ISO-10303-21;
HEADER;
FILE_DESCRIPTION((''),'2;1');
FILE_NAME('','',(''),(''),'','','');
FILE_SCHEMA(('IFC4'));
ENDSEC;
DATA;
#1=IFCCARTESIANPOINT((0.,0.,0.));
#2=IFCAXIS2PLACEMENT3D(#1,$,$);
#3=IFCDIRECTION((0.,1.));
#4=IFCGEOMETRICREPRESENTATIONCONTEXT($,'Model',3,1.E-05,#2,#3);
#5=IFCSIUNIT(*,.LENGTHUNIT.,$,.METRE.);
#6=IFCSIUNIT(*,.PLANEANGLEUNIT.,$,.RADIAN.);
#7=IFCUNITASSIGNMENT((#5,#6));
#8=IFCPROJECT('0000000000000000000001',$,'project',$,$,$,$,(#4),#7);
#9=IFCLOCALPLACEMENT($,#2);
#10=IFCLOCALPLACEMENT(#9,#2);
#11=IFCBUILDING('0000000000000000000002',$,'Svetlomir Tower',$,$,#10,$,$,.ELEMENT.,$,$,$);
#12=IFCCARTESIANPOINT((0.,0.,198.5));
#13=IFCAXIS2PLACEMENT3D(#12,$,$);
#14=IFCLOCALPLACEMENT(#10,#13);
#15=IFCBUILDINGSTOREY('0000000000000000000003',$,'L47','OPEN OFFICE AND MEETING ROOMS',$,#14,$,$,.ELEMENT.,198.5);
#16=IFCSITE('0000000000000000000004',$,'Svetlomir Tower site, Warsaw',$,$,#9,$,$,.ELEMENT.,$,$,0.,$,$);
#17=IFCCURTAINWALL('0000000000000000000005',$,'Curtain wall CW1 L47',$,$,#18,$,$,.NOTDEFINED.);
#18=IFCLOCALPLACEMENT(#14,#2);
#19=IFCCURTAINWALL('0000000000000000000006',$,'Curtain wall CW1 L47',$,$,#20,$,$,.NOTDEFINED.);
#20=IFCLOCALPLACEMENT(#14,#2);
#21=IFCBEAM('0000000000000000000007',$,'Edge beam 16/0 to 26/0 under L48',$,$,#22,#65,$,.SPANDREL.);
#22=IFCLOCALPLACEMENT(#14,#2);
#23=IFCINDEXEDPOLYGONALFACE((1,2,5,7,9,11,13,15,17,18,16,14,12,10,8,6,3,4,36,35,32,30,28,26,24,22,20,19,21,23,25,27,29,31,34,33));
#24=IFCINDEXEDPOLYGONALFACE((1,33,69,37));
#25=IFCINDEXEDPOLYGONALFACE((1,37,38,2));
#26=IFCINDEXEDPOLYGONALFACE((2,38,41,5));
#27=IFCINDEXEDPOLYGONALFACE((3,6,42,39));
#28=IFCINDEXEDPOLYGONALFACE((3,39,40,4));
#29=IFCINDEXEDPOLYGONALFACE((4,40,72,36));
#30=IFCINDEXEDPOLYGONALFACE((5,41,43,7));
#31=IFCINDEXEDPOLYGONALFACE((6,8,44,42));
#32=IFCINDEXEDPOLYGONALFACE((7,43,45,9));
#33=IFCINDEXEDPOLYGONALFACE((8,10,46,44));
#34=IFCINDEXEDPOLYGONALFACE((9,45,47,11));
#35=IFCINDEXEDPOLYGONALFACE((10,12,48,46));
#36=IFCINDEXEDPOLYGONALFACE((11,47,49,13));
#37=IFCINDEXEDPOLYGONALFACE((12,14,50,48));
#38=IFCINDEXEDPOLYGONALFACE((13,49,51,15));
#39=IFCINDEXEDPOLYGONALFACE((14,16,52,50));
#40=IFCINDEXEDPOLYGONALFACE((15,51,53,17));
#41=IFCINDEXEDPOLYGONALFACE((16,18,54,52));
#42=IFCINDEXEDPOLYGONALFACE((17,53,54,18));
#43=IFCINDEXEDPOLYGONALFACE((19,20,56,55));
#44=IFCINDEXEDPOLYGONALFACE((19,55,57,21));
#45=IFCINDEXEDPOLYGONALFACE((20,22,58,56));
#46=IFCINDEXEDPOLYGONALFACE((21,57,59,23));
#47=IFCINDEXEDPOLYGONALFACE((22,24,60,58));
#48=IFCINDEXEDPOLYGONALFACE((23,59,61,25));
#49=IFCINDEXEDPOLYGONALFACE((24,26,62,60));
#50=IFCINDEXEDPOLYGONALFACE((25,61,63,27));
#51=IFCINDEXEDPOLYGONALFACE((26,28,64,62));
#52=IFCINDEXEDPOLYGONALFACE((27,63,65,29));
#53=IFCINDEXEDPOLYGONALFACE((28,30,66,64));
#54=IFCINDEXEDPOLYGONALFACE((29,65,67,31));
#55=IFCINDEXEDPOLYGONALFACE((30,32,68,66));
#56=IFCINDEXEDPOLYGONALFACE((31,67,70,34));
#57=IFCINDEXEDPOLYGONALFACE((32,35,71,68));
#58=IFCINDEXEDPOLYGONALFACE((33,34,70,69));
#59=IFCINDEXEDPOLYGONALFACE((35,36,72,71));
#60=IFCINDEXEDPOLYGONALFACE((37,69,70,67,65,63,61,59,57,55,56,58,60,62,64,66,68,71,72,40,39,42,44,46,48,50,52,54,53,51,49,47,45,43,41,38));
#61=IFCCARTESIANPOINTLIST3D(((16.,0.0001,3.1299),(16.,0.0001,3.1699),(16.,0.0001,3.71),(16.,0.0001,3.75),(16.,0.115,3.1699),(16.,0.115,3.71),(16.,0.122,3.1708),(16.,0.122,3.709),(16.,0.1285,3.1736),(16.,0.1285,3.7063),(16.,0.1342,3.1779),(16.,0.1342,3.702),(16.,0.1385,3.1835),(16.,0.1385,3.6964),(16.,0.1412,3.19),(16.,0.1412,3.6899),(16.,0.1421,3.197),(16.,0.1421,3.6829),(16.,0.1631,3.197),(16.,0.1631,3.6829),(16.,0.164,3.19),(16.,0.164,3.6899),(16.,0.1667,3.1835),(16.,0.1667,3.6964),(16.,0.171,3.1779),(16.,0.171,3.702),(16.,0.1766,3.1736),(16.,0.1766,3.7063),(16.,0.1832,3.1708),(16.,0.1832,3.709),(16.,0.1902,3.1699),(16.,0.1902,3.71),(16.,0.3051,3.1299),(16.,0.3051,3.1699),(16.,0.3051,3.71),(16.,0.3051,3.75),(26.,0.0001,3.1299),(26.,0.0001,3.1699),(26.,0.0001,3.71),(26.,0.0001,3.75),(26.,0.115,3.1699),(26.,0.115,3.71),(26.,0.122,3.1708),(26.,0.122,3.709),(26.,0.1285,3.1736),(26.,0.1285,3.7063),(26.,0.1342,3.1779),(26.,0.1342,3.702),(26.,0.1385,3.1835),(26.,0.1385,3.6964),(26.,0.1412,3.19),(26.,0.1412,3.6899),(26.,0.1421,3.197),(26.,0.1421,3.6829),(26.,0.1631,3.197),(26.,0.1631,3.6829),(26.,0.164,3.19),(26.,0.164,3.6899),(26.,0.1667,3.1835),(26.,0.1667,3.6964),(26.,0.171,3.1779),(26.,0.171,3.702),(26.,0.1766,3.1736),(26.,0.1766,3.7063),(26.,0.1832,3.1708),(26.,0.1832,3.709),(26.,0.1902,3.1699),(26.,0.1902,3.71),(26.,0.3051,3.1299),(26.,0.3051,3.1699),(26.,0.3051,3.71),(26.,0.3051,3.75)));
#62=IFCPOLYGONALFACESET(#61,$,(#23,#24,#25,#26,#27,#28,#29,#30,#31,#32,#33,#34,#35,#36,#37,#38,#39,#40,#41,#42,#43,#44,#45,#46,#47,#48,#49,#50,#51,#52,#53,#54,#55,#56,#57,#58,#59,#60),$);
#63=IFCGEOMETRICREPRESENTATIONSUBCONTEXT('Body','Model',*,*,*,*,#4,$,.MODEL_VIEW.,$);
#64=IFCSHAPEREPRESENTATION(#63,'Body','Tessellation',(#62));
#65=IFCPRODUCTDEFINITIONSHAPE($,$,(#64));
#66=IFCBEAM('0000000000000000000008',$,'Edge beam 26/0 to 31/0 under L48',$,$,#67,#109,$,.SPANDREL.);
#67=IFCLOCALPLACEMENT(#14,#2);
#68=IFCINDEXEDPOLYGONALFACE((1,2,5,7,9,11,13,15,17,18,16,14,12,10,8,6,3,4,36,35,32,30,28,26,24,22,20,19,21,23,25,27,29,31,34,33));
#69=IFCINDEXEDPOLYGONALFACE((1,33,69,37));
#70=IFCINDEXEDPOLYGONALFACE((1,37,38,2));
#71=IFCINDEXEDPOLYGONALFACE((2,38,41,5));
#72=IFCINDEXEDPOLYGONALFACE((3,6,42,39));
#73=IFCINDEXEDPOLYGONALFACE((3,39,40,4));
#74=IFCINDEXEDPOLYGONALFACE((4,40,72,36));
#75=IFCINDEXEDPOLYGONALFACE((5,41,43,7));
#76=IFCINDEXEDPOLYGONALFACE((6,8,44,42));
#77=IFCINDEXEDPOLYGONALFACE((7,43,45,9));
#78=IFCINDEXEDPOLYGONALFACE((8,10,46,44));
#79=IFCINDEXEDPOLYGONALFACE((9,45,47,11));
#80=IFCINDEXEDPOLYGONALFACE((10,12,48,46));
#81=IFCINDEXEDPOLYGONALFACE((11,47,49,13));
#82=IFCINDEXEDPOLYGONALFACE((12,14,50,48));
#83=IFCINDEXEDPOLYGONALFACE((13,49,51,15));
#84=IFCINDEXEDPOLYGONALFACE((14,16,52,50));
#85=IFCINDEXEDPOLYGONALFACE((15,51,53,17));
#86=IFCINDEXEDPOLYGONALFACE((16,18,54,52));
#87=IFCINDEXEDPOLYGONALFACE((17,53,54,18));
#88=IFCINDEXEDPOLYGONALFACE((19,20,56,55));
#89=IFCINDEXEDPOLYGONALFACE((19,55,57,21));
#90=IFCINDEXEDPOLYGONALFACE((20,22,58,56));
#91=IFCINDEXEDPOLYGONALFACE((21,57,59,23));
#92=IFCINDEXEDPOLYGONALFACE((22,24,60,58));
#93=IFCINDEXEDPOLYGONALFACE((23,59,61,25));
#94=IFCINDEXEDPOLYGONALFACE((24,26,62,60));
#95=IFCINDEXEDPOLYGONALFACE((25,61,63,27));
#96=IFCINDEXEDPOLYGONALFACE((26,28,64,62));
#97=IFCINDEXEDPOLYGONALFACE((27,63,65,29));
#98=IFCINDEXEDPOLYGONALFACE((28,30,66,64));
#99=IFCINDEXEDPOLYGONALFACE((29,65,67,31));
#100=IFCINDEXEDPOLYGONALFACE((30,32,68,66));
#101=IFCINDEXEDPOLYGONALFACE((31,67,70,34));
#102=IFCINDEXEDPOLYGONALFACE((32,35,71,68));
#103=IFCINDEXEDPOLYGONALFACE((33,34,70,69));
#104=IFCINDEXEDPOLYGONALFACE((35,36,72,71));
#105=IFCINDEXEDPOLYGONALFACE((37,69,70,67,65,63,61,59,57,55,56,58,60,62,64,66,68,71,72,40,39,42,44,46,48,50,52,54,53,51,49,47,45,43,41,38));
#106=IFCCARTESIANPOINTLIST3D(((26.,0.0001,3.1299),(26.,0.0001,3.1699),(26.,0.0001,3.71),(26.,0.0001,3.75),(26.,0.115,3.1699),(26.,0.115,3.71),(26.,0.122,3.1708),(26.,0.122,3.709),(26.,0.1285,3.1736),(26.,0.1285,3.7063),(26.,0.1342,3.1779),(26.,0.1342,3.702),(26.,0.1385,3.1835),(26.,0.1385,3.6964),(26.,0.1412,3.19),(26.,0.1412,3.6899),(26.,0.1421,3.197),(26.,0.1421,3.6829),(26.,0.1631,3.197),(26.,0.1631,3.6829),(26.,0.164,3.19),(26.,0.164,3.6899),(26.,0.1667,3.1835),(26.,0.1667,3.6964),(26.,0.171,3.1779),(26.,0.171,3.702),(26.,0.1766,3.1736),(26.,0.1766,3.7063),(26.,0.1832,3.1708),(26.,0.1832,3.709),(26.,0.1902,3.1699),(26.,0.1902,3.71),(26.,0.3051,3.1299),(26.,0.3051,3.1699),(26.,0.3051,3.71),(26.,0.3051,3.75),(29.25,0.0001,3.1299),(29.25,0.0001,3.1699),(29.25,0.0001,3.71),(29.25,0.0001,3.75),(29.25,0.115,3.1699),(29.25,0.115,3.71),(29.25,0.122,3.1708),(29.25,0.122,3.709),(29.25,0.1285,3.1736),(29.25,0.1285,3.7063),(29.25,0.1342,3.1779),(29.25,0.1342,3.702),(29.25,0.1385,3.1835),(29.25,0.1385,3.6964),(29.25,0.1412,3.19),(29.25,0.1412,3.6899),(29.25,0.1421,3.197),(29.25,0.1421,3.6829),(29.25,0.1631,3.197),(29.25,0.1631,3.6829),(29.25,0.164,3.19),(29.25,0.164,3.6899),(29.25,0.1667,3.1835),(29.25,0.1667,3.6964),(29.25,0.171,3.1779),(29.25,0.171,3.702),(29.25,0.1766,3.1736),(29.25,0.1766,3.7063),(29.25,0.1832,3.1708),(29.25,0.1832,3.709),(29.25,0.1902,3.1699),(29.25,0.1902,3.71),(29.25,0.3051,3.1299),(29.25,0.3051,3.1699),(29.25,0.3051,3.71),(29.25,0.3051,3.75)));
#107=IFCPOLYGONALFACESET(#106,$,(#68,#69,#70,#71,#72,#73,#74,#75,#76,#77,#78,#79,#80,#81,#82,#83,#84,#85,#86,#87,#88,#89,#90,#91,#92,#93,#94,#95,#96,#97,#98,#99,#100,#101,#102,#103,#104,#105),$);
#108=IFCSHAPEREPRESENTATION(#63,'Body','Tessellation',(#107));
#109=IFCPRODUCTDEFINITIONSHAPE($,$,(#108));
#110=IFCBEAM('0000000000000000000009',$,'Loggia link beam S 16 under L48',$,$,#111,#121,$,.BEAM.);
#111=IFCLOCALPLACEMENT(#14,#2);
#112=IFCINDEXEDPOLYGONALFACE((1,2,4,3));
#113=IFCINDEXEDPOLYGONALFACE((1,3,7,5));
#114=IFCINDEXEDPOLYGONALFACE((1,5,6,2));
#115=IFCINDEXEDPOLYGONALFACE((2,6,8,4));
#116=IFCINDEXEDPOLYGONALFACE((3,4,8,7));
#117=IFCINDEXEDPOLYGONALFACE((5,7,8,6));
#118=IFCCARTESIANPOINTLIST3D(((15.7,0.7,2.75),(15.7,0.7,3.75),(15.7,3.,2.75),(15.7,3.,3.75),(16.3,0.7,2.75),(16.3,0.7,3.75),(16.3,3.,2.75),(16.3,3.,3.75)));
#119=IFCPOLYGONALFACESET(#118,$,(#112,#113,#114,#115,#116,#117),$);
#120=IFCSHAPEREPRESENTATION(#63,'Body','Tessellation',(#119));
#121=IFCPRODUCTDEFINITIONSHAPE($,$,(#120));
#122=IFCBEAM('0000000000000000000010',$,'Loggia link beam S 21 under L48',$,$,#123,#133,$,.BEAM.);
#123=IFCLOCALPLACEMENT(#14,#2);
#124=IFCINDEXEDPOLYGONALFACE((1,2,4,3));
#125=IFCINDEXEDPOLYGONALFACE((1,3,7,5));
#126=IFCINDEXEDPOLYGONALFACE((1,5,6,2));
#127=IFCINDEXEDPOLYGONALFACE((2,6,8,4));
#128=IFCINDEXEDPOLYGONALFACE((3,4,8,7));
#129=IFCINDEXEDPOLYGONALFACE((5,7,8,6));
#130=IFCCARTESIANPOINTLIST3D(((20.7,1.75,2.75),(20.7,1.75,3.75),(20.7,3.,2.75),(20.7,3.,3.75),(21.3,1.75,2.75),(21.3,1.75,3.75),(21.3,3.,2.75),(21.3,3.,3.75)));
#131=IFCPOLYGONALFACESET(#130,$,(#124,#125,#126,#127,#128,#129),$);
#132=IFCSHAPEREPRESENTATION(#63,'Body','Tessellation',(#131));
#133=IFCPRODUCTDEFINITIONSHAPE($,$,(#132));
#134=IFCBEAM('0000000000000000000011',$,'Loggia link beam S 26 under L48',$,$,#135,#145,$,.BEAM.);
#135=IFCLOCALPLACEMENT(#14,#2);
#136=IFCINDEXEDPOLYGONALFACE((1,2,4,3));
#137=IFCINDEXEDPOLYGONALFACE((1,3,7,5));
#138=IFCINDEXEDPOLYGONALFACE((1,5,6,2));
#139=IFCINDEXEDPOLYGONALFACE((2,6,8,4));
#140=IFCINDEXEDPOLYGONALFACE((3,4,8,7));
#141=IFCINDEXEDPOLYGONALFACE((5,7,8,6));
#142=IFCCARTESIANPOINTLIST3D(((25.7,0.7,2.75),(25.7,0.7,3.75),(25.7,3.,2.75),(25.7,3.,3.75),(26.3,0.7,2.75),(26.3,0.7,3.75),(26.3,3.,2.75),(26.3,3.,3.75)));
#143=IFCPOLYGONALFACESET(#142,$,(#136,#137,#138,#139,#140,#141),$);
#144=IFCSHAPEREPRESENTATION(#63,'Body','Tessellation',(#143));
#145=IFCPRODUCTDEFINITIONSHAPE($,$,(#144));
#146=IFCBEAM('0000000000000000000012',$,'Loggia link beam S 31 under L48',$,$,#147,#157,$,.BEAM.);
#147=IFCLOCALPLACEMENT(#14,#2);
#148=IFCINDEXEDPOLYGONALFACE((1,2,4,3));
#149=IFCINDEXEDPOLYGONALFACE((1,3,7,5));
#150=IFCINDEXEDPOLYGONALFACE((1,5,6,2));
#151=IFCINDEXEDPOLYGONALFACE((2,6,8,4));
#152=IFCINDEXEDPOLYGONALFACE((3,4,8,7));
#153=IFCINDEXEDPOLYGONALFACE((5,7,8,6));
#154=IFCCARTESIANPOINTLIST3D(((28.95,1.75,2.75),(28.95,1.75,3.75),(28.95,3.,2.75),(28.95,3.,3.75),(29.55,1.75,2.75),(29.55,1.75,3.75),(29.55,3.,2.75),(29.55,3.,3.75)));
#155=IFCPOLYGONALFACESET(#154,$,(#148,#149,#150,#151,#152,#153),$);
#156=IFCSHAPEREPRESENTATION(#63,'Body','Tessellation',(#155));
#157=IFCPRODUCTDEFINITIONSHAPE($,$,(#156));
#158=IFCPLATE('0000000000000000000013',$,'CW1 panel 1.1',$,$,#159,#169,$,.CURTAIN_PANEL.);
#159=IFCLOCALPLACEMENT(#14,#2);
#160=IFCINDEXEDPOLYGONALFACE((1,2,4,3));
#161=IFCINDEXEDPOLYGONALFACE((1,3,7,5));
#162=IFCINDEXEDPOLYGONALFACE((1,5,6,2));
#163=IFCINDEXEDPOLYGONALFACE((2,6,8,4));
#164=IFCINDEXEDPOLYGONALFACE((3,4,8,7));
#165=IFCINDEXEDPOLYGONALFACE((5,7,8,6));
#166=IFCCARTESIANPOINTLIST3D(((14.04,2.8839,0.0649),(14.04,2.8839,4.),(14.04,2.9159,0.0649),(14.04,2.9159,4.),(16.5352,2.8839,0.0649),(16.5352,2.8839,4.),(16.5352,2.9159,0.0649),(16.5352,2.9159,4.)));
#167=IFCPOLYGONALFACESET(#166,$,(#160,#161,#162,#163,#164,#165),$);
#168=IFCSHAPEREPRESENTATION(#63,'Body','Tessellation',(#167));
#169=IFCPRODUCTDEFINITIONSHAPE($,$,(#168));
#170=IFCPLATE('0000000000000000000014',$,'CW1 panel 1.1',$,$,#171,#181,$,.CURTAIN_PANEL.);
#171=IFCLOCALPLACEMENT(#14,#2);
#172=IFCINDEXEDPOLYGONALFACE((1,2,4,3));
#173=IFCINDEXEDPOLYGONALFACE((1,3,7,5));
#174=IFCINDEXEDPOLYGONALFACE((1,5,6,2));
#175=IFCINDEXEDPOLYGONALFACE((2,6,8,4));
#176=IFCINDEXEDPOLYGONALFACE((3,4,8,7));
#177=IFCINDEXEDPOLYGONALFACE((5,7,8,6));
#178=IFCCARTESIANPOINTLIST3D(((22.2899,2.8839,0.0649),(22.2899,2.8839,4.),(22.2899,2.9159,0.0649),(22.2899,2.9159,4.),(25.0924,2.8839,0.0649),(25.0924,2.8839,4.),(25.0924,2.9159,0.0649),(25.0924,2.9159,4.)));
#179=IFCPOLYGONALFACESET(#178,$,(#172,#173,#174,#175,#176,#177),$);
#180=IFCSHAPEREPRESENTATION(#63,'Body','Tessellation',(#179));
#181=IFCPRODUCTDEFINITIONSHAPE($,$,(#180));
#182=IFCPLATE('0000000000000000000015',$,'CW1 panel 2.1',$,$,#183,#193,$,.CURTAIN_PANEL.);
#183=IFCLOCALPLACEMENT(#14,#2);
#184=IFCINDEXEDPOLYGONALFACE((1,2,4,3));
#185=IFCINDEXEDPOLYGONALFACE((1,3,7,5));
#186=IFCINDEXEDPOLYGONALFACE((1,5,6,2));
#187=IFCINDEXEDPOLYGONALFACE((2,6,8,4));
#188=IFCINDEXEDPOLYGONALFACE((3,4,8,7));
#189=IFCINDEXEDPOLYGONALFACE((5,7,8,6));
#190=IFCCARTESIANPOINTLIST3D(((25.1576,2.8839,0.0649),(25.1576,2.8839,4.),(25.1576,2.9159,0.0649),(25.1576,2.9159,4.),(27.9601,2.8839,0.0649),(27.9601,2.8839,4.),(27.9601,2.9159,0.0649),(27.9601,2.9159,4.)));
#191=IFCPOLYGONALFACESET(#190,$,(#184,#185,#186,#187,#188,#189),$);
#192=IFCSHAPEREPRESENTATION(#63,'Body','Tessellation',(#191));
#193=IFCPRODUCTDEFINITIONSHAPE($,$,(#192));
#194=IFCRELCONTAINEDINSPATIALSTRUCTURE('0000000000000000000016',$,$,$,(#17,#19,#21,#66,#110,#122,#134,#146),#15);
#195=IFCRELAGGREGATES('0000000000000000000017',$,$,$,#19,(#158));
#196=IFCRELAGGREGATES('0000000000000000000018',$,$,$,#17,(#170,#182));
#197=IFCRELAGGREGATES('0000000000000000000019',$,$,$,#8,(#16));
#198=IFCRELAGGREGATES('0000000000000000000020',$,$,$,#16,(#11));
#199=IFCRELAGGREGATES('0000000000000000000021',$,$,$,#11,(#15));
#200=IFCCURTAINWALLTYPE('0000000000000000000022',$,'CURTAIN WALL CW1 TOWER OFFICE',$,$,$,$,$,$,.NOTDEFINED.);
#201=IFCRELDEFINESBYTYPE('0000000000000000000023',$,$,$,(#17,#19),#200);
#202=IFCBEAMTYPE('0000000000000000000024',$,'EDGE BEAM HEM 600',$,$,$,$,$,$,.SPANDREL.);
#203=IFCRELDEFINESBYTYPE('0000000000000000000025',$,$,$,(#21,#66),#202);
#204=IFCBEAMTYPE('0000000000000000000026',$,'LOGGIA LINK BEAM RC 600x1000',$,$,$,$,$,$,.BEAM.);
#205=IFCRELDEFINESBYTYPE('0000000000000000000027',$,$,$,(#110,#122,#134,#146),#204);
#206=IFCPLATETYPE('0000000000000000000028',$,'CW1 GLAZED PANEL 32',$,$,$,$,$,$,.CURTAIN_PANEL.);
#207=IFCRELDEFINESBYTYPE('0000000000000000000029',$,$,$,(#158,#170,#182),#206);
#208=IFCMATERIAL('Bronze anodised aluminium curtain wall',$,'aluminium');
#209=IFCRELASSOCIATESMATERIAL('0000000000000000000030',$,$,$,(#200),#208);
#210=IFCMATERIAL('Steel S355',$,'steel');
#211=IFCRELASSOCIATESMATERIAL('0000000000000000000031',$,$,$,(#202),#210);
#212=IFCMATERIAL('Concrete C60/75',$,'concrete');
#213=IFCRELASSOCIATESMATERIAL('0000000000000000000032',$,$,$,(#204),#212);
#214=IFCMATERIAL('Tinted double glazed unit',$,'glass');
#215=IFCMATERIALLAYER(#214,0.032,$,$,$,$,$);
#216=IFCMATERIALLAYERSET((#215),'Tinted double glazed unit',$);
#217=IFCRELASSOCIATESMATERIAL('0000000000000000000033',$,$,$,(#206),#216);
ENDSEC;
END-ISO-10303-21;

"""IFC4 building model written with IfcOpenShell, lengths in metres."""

from ifc_helpers import new_model, si_unit, direction, frame, origin, origin_2d, place, context, subcontext, project, spatial, rectangle, i_section, extrude, material, layer, layer_set, material_profile, profile_set, type_object, element, aggregate, save


model = new_model("IFC4")

# Units and contexts
model_context = context("Model", 3, precision=1e-05, world=origin(), true_north=direction((0.0, 1.0)))
body_context = subcontext(model_context, "Body", "Model", "MODEL_VIEW")
ifc_project = project(units=[si_unit("LENGTHUNIT", "METRE"), si_unit("PLANEANGLEUNIT", "RADIAN")], contexts=[model_context])

# Site, building, storey
site_placement = place(None, origin())
site = spatial("IfcSite", under=ifc_project, at=site_placement, Name="Svetlomir Tower site, Warsaw", CompositionType="ELEMENT", RefElevation=0.0)
building_placement = place(site_placement, origin())
building = spatial("IfcBuilding", under=site, at=building_placement, Name="Svetlomir Tower", CompositionType="ELEMENT")
storey_placement = place(building_placement, frame((0.0, 0.0, 198.5)))
storey = spatial("IfcBuildingStorey", under=building, at=storey_placement, Name="L47", Description="OPEN OFFICE AND MEETING ROOMS", CompositionType="ELEMENT", Elevation=198.5)

# Curtain walls
ifc_material_1 = material(Name="Bronze anodised aluminium curtain wall", Category="aluminium")
curtain_wall_type = type_object("IfcCurtainWallType", Name="CURTAIN WALL CW1 TOWER OFFICE", PredefinedType="NOTDEFINED", material=ifc_material_1)
curtain_wall_1_placement = place(storey_placement, origin())
curtain_wall_1 = element("IfcCurtainWall", 1, at=curtain_wall_1_placement, inside=storey, type_object=curtain_wall_type, Name="Curtain wall CW1 L47", PredefinedType="NOTDEFINED")
curtain_wall_2_placement = place(storey_placement, origin())
curtain_wall_2 = element("IfcCurtainWall", 2, at=curtain_wall_2_placement, inside=storey, type_object=curtain_wall_type, Name="Curtain wall CW1 L47", PredefinedType="NOTDEFINED")

# Beams
ifc_material_2 = material(Name="Steel S355", Category="steel")
ifc_material_profile_1 = material_profile(ifc_material_2, i_section(OverallWidth=0.3049, OverallDepth=0.6201, WebThickness=0.021, FlangeThickness=0.04, FilletRadius=0.0271, at=origin_2d()), Name="HEM 600")
ifc_profile_set_1 = profile_set([ifc_material_profile_1], Name="Steel S355")
beam_type_1 = type_object("IfcBeamType", Name="EDGE BEAM HEM 600", PredefinedType="SPANDREL", material=ifc_profile_set_1)
beam_1_placement = place(storey_placement, frame((16.0, 0.1526, 3.4399), z_axis=(1.0, 0.0, 0.0), x_axis=(0.0, 1.0, 0.0)))
element("IfcBeam", 3, at=beam_1_placement, inside=storey, type_object=beam_type_1, Name="Edge beam 16/0 to 26/0 under L48", PredefinedType="SPANDREL", context=body_context, shape_type="SweptSolid", body=[
    extrude(i_section(OverallWidth=0.3049, OverallDepth=0.6201, WebThickness=0.021, FlangeThickness=0.04, FilletRadius=0.0271, at=origin_2d()), origin(), (0.0, 0.0, 1.0), 10.0),
])
beam_2_placement = place(storey_placement, frame((26.0, 0.1526, 3.4399), z_axis=(1.0, 0.0, 0.0), x_axis=(0.0, 1.0, 0.0)))
element("IfcBeam", 4, at=beam_2_placement, inside=storey, type_object=beam_type_1, Name="Edge beam 26/0 to 31/0 under L48", PredefinedType="SPANDREL", context=body_context, shape_type="SweptSolid", body=[
    extrude(i_section(OverallWidth=0.3049, OverallDepth=0.6201, WebThickness=0.021, FlangeThickness=0.04, FilletRadius=0.0271, at=origin_2d()), origin(), (0.0, 0.0, 1.0), 3.25),
])
ifc_material_3 = material(Name="Concrete C60/75", Category="concrete")
ifc_material_profile_2 = material_profile(ifc_material_3, rectangle(XDim=0.6001, YDim=1.0, at=origin_2d()), Name="RC 600x1000")
ifc_profile_set_2 = profile_set([ifc_material_profile_2], Name="Concrete C60/75")
beam_type_2 = type_object("IfcBeamType", Name="LOGGIA LINK BEAM RC 600x1000", PredefinedType="BEAM", material=ifc_profile_set_2)
beam_3_placement = place(storey_placement, frame((16.0, 0.7, 3.25), z_axis=(0.0, 1.0, 0.0), x_axis=(-1.0, 0.0, 0.0)))
element("IfcBeam", 5, at=beam_3_placement, inside=storey, type_object=beam_type_2, Name="Loggia link beam S 16 under L48", PredefinedType="BEAM", context=body_context, shape_type="SweptSolid", body=[
    extrude(rectangle(XDim=0.6001, YDim=1.0, at=origin_2d()), origin(), (0.0, 0.0, 1.0), 2.3),
])
beam_4_placement = place(storey_placement, frame((21.0, 1.75, 3.25), z_axis=(0.0, 1.0, 0.0), x_axis=(-1.0, 0.0, 0.0)))
element("IfcBeam", 6, at=beam_4_placement, inside=storey, type_object=beam_type_2, Name="Loggia link beam S 21 under L48", PredefinedType="BEAM", context=body_context, shape_type="SweptSolid", body=[
    extrude(rectangle(XDim=0.6001, YDim=1.0, at=origin_2d()), origin(), (0.0, 0.0, 1.0), 1.25),
])
beam_5_placement = place(storey_placement, frame((26.0, 0.7, 3.25), z_axis=(0.0, 1.0, 0.0), x_axis=(-1.0, 0.0, 0.0)))
element("IfcBeam", 7, at=beam_5_placement, inside=storey, type_object=beam_type_2, Name="Loggia link beam S 26 under L48", PredefinedType="BEAM", context=body_context, shape_type="SweptSolid", body=[
    extrude(rectangle(XDim=0.6001, YDim=1.0, at=origin_2d()), origin(), (0.0, 0.0, 1.0), 2.3),
])
beam_6_placement = place(storey_placement, frame((29.25, 1.75, 3.25), z_axis=(0.0, 1.0, 0.0), x_axis=(-1.0, 0.0, 0.0)))
element("IfcBeam", 8, at=beam_6_placement, inside=storey, type_object=beam_type_2, Name="Loggia link beam S 31 under L48", PredefinedType="BEAM", context=body_context, shape_type="SweptSolid", body=[
    extrude(rectangle(XDim=0.6001, YDim=1.0, at=origin_2d()), origin(), (0.0, 0.0, 1.0), 1.25),
])

# Plates
ifc_material_4 = material(Name="Tinted double glazed unit", Category="glass")
ifc_layer_1 = layer(ifc_material_4, 0.032)
ifc_layer_set_1 = layer_set([ifc_layer_1], Name="Tinted double glazed unit")
plate_type = type_object("IfcPlateType", Name="CW1 GLAZED PANEL 32", PredefinedType="CURTAIN_PANEL", material=ifc_layer_set_1)
plate_1_placement = place(storey_placement, frame((15.2876, 2.8999, 0.0649), z_axis=(0.0, 0.0, 1.0), x_axis=(1.0, 0.0, 0.0)))
plate_1 = element("IfcPlate", 9, at=plate_1_placement, type_object=plate_type, Name="CW1 panel 1.1", PredefinedType="CURTAIN_PANEL", context=body_context, shape_type="SweptSolid", body=[
    extrude(rectangle(XDim=2.4951, YDim=0.032, at=origin_2d()), origin(), (0.0, 0.0, 1.0), 3.9351),
])
aggregate(curtain_wall_2, [plate_1])
plate_2_placement = place(storey_placement, frame((23.6912, 2.8999, 0.0649), z_axis=(0.0, 0.0, 1.0), x_axis=(1.0, 0.0, 0.0)))
plate_2 = element("IfcPlate", 10, at=plate_2_placement, type_object=plate_type, Name="CW1 panel 1.1", PredefinedType="CURTAIN_PANEL", context=body_context, shape_type="SweptSolid", body=[
    extrude(rectangle(XDim=2.8025, YDim=0.032, at=origin_2d()), origin(), (0.0, 0.0, 1.0), 3.9351),
])
plate_3_placement = place(storey_placement, frame((26.5588, 2.8999, 0.0649), z_axis=(0.0, 0.0, 1.0), x_axis=(1.0, 0.0, 0.0)))
plate_3 = element("IfcPlate", 11, at=plate_3_placement, type_object=plate_type, Name="CW1 panel 2.1", PredefinedType="CURTAIN_PANEL", context=body_context, shape_type="SweptSolid", body=[
    extrude(rectangle(XDim=2.8025, YDim=0.032, at=origin_2d()), origin(), (0.0, 0.0, 1.0), 3.9351),
])
aggregate(curtain_wall_1, [plate_2, plate_3])

save(model, "model.ifc")
